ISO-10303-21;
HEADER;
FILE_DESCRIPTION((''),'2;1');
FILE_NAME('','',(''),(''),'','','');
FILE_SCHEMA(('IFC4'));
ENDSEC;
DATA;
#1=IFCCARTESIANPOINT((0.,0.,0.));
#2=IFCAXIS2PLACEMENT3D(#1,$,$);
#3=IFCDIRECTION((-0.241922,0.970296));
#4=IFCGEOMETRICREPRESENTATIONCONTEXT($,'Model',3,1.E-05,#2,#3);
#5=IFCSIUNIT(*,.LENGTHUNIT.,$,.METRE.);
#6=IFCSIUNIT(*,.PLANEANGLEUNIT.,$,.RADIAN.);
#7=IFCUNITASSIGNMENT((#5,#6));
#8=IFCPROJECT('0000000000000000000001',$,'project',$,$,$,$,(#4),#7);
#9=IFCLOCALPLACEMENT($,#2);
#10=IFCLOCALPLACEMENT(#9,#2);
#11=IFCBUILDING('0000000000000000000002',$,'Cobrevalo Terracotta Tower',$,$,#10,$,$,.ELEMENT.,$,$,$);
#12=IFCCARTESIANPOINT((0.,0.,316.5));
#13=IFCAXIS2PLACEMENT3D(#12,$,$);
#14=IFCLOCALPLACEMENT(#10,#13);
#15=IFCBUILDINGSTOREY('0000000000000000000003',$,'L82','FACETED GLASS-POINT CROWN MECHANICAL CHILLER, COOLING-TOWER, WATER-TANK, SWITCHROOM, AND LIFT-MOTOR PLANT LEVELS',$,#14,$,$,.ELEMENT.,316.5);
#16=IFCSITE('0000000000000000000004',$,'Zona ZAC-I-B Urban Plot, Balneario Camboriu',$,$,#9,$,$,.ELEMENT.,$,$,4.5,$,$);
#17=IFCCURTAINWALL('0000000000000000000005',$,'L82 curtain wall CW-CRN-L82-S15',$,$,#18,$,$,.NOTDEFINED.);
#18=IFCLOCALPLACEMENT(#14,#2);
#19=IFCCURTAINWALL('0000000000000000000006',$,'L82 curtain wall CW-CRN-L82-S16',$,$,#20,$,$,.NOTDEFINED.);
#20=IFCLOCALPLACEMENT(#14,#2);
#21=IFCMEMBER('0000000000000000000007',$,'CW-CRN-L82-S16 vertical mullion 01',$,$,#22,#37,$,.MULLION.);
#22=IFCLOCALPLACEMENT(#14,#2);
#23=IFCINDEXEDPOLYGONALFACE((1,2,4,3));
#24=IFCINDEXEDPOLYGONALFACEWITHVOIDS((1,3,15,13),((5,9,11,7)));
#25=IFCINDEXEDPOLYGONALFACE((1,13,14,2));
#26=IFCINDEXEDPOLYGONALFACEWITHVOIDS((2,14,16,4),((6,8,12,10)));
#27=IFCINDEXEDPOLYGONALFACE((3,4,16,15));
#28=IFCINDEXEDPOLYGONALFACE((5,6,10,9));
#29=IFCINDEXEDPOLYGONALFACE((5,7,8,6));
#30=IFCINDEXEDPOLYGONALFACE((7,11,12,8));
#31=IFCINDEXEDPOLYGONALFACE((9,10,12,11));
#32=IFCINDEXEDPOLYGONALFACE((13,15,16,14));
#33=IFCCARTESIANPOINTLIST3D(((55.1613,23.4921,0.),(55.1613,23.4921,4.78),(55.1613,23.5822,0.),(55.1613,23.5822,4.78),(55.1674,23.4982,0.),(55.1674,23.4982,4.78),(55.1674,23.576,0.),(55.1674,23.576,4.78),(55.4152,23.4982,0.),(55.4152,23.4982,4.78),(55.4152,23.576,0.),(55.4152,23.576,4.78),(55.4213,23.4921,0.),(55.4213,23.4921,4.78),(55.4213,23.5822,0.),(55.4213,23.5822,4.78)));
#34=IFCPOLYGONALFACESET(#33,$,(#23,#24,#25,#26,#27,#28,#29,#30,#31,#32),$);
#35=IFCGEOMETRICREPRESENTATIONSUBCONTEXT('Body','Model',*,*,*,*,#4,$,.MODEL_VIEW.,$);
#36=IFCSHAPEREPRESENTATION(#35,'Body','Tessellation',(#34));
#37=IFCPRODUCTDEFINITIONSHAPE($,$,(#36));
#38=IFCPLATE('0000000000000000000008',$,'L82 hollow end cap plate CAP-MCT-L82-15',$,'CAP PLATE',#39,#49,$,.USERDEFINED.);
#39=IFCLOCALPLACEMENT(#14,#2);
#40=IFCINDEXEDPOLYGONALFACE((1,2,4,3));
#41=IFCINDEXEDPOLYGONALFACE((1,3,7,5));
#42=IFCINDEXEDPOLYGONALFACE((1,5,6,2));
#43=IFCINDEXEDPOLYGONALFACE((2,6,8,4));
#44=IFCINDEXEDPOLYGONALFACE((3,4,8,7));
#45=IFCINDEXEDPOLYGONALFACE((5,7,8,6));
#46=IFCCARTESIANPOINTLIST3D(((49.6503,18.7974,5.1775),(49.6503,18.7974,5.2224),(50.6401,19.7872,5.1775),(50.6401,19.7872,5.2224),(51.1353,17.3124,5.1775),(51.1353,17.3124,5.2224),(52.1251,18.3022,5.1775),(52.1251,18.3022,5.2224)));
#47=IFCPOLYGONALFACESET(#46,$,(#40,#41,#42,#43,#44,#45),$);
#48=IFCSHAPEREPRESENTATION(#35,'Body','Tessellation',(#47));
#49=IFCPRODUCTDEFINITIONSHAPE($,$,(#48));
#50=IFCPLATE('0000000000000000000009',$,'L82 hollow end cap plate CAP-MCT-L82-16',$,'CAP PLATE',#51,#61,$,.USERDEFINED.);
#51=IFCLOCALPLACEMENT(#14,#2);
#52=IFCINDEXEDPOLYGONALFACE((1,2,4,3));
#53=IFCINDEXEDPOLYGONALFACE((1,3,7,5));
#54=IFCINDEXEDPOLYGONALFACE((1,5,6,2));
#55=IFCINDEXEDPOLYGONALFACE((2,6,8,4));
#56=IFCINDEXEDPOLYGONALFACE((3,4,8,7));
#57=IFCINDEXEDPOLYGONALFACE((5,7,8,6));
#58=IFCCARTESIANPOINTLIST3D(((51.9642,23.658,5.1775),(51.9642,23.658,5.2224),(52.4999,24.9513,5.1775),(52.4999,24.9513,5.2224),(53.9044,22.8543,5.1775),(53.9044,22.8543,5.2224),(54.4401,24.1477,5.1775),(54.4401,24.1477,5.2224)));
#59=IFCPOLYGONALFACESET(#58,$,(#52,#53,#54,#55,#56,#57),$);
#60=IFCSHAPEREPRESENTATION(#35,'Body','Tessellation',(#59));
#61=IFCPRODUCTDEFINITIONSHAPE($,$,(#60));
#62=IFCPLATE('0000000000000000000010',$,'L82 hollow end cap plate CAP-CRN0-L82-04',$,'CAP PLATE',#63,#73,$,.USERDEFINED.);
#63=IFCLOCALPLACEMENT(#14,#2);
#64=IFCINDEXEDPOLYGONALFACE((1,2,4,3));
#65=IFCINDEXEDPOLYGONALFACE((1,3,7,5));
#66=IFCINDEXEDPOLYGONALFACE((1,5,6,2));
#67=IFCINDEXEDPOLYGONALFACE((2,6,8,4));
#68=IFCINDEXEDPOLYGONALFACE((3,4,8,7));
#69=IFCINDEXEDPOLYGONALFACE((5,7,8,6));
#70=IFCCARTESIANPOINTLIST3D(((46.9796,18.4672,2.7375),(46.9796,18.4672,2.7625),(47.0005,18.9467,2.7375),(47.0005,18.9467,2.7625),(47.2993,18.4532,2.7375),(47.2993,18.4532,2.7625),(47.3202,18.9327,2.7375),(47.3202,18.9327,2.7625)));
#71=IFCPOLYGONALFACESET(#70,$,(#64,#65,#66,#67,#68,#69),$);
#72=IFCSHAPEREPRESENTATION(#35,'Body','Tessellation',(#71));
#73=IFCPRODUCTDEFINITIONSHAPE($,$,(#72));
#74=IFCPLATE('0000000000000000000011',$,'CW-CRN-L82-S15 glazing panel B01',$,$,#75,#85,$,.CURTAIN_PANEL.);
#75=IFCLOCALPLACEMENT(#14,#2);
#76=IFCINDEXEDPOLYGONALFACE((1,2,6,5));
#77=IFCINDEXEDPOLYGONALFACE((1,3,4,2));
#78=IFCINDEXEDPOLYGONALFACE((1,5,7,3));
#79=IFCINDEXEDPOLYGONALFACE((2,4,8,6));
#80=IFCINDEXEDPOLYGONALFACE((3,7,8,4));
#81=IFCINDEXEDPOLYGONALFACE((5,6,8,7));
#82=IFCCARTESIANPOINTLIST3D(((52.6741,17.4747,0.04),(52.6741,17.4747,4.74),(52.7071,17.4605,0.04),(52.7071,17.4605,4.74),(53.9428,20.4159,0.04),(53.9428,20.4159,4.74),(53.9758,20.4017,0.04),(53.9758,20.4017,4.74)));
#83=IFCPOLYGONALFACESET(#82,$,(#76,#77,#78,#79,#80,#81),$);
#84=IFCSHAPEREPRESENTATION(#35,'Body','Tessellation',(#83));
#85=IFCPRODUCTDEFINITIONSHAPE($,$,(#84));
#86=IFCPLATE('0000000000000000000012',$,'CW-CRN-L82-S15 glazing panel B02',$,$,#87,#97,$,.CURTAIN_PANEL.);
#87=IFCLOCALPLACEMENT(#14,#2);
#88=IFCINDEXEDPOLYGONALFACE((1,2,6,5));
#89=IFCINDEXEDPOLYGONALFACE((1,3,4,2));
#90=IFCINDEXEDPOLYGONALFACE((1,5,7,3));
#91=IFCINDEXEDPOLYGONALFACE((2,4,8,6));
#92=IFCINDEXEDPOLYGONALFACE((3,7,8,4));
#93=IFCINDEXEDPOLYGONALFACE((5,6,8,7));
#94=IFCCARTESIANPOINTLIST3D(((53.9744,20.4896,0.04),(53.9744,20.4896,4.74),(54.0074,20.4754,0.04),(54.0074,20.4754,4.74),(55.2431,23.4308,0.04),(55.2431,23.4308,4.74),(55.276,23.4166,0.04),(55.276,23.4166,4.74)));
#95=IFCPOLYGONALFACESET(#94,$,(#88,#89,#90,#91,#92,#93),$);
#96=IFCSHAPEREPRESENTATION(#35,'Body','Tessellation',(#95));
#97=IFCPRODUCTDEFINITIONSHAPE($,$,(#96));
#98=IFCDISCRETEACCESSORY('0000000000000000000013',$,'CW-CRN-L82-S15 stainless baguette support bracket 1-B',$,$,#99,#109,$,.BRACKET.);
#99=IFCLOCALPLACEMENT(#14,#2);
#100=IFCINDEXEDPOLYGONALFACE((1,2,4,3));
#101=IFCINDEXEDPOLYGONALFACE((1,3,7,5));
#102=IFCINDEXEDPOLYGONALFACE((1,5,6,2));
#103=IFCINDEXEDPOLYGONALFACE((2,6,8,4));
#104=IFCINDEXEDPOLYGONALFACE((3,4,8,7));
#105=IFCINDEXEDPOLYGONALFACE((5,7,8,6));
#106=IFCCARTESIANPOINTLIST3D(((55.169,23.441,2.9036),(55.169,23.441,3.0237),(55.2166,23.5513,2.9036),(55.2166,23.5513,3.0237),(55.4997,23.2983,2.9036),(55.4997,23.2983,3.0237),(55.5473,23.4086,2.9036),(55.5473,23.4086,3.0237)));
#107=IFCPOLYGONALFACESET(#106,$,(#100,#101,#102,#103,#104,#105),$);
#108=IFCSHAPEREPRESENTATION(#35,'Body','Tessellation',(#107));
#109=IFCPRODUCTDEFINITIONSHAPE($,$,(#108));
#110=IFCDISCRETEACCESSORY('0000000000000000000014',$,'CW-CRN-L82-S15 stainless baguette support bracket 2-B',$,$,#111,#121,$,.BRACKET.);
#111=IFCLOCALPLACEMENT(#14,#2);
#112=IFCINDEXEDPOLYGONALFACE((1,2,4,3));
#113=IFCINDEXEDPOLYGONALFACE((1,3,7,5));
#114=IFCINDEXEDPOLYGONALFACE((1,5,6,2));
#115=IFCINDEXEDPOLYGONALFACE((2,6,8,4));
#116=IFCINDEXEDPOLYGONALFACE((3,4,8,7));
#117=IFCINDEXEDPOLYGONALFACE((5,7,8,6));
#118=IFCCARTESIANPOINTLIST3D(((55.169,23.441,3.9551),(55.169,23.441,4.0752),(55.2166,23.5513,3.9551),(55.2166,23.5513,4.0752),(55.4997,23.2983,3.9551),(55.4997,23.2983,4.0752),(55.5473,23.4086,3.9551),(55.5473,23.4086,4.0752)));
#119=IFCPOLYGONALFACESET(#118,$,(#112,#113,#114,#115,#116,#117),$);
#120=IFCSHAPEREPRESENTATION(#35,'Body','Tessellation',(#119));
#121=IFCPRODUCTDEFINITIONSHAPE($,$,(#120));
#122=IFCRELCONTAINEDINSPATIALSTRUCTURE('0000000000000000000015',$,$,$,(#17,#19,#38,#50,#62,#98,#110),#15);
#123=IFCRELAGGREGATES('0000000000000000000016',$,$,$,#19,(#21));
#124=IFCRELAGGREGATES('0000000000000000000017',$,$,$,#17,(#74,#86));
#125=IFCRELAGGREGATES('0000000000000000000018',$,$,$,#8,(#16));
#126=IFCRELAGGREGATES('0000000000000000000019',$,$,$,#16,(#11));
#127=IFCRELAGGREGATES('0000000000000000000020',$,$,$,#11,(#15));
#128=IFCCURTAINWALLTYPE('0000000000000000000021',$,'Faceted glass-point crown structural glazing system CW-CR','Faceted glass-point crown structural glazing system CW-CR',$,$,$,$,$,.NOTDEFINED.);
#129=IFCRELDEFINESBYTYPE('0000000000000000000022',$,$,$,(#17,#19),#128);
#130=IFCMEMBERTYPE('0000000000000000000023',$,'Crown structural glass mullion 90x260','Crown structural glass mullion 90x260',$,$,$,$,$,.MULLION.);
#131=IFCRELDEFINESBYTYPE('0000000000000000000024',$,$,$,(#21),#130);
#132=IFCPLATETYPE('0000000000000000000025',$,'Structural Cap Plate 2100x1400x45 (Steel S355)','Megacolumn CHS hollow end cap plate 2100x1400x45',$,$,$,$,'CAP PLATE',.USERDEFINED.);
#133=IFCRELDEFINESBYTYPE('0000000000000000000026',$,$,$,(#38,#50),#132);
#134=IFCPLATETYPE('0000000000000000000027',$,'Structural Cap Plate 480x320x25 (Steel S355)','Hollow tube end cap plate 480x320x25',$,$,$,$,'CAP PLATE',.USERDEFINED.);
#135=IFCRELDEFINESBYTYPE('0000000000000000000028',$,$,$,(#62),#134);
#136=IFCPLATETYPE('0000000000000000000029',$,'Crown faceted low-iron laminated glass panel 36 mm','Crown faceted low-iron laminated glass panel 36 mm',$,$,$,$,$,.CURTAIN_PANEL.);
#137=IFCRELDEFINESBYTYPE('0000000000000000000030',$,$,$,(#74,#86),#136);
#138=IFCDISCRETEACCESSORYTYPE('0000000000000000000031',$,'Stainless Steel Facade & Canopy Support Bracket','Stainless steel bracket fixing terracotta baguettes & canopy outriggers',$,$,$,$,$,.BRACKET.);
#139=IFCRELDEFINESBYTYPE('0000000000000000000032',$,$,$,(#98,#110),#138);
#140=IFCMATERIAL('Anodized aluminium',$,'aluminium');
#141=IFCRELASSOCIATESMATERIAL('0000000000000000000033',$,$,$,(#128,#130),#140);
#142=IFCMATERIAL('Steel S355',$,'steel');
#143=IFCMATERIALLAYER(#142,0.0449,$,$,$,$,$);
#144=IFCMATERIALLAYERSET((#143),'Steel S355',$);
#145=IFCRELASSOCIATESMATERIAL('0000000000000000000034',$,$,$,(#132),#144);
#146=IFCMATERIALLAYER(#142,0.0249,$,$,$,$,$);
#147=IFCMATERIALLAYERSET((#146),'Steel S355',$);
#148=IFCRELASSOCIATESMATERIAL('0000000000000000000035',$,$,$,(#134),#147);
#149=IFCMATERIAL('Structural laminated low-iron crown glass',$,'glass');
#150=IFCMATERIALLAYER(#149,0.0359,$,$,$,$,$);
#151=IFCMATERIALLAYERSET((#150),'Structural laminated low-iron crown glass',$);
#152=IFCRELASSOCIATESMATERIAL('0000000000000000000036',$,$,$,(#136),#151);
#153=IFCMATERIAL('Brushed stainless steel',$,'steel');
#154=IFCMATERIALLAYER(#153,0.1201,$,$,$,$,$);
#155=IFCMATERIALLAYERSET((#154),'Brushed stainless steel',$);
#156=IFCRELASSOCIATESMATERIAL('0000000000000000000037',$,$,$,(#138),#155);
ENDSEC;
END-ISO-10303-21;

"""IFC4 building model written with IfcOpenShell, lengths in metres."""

from ifc_helpers import new_model, si_unit, direction, frame, origin, origin_2d, place, context, subcontext, project, spatial, rectangle, hollow_rectangle, extrude, source, transform, mapped, material, layer, layer_set, material_profile, profile_set, type_object, element, aggregate, save


model = new_model("IFC4")

# Units and contexts
model_context = context("Model", 3, precision=1e-05, world=origin(), true_north=direction((-0.241922, 0.970296)))
body_context = subcontext(model_context, "Body", "Model", "MODEL_VIEW")
ifc_project = project(units=[si_unit("LENGTHUNIT", "METRE"), si_unit("PLANEANGLEUNIT", "RADIAN")], contexts=[model_context])

# Site, building, storey
site_placement = place(None, origin())
site = spatial("IfcSite", under=ifc_project, at=site_placement, Name="Zona ZAC-I-B Urban Plot, Balneario Camboriu", CompositionType="ELEMENT", RefElevation=4.5)
building_placement = place(site_placement, origin())
building = spatial("IfcBuilding", under=site, at=building_placement, Name="Cobrevalo Terracotta Tower", CompositionType="ELEMENT")
storey_placement = place(building_placement, frame((0.0, 0.0, 316.5)))
storey = spatial("IfcBuildingStorey", under=building, at=storey_placement, Name="L82", Description="FACETED GLASS-POINT CROWN MECHANICAL CHILLER, COOLING-TOWER, WATER-TANK, SWITCHROOM, AND LIFT-MOTOR PLANT LEVELS", CompositionType="ELEMENT", Elevation=316.5)

# Shared definitions
ifc_material_1 = material(Name="Steel S355", Category="steel")

# Curtain walls
ifc_material_2 = material(Name="Anodized aluminium", Category="aluminium")
curtain_wall_type = type_object("IfcCurtainWallType", Name="Faceted glass-point crown structural glazing system CW-CR", Description="Faceted glass-point crown structural glazing system CW-CR", PredefinedType="NOTDEFINED", material=ifc_material_2)
curtain_wall_1_placement = place(storey_placement, origin())
curtain_wall_1 = element("IfcCurtainWall", 1, at=curtain_wall_1_placement, inside=storey, type_object=curtain_wall_type, Name="L82 curtain wall CW-CRN-L82-S15", PredefinedType="NOTDEFINED")
curtain_wall_2_placement = place(storey_placement, origin())
curtain_wall_2 = element("IfcCurtainWall", 2, at=curtain_wall_2_placement, inside=storey, type_object=curtain_wall_type, Name="L82 curtain wall CW-CRN-L82-S16", PredefinedType="NOTDEFINED")

# Member
ifc_material_profile_1 = material_profile(ifc_material_2, hollow_rectangle(XDim=0.0901, YDim=0.26, WallThickness=0.0061, at=origin_2d()), Name="CWM 90x260")
ifc_profile_set_1 = profile_set([ifc_material_profile_1], Name="Anodized aluminium")
member_type_1 = type_object("IfcMemberType", Name="Crown structural glass mullion 90x260", Description="Crown structural glass mullion 90x260", PredefinedType="MULLION", material=ifc_profile_set_1)
shared_shape_1 = source(origin(), body_context, "Body", "SweptSolid", [
    extrude(hollow_rectangle(XDim=0.0901, YDim=0.26, WallThickness=0.0061, at=origin_2d()), origin(), (0.0, 0.0, 1.0), 4.78),
])
member_1_placement = place(storey_placement, frame((55.2913, 23.5371, 0.0), z_axis=(0.0, 0.0, 1.0), x_axis=(0.0, 1.0, 0.0)))
member_1 = element("IfcMember", 3, at=member_1_placement, type_object=member_type_1, Name="CW-CRN-L82-S16 vertical mullion 01", PredefinedType="MULLION", context=body_context, shape_type="MappedRepresentation", body=[
    mapped(shared_shape_1, transform((0.0, 0.0, 0.0), scale=1.0)),
])
aggregate(curtain_wall_2, [member_1])

# Plates
ifc_layer_1 = layer(ifc_material_1, 0.0449)
ifc_layer_set_1 = layer_set([ifc_layer_1], Name="Steel S355")
plate_type_1 = type_object("IfcPlateType", Name="Structural Cap Plate 2100x1400x45 (Steel S355)", Description="Megacolumn CHS hollow end cap plate 2100x1400x45", ElementType="CAP PLATE", PredefinedType="USERDEFINED", material=ifc_layer_set_1)
shared_shape_2 = source(origin(), body_context, "Body", "SweptSolid", [
    extrude(rectangle(XDim=2.1001, YDim=1.3999, at=origin_2d()), origin(), (0.0, 0.0, 1.0), 0.0449),
])
for number, where, z_axis, x_axis, name in (
    (4, (50.8877, 18.5498, 5.1775), (0.0, 0.0, 1.0), (0.707107, -0.707107, 0.0), "L82 hollow end cap plate CAP-MCT-L82-15"),
    (5, (53.2021, 23.9028, 5.1775), (0.0, 0.0, 1.0), (0.92388, -0.382683, 0.0), "L82 hollow end cap plate CAP-MCT-L82-16"),
):
    element("IfcPlate", number, at=place(storey_placement, frame(where, z_axis=z_axis, x_axis=x_axis)), inside=storey, type_object=plate_type_1, Name=name, ObjectType="CAP PLATE", PredefinedType="USERDEFINED", context=body_context, shape_type="MappedRepresentation", body=[
        mapped(shared_shape_2, transform((0.0, 0.0, 0.0), scale=1.0)),
    ])
ifc_layer_2 = layer(ifc_material_1, 0.0249)
ifc_layer_set_2 = layer_set([ifc_layer_2], Name="Steel S355")
plate_type_2 = type_object("IfcPlateType", Name="Structural Cap Plate 480x320x25 (Steel S355)", Description="Hollow tube end cap plate 480x320x25", ElementType="CAP PLATE", PredefinedType="USERDEFINED", material=ifc_layer_set_2)
shared_shape_3 = source(origin(), body_context, "Body", "SweptSolid", [
    extrude(rectangle(XDim=0.48, YDim=0.3201, at=origin_2d()), origin(), (0.0, 0.0, 1.0), 0.0249),
])
plate_1_placement = place(storey_placement, frame((47.1499, 18.7, 2.7375), z_axis=(0.0, 0.0, 1.0), x_axis=(-0.0436, -0.999049, 0.0)))
element("IfcPlate", 6, at=plate_1_placement, inside=storey, type_object=plate_type_2, Name="L82 hollow end cap plate CAP-CRN0-L82-04", ObjectType="CAP PLATE", PredefinedType="USERDEFINED", context=body_context, shape_type="MappedRepresentation", body=[
    mapped(shared_shape_3, transform((0.0, 0.0, 0.0), scale=1.0)),
])

# Plates
ifc_material_3 = material(Name="Structural laminated low-iron crown glass", Category="glass")
ifc_layer_3 = layer(ifc_material_3, 0.0359)
ifc_layer_set_3 = layer_set([ifc_layer_3], Name="Structural laminated low-iron crown glass")
plate_type_3 = type_object("IfcPlateType", Name="Crown faceted low-iron laminated glass panel 36 mm", Description="Crown faceted low-iron laminated glass panel 36 mm", PredefinedType="CURTAIN_PANEL", material=ifc_layer_set_3)
shared_shape_4 = source(origin(), body_context, "Body", "SweptSolid", [
    extrude(rectangle(XDim=3.2031, YDim=0.0359, at=origin_2d()), origin(), (0.0, 0.0, 1.0), 4.7),
])
plate_2_placement = place(storey_placement, frame((53.325, 18.9382, 0.04), z_axis=(0.0, 0.0, 1.0), x_axis=(0.396066, 0.918222, 0.0)))
plate_2 = element("IfcPlate", 7, at=plate_2_placement, type_object=plate_type_3, Name="CW-CRN-L82-S15 glazing panel B01", PredefinedType="CURTAIN_PANEL", context=body_context, shape_type="MappedRepresentation", body=[
    mapped(shared_shape_4, transform((0.0, 0.0, 0.0), scale=1.0)),
])
plate_3_placement = place(storey_placement, frame((54.6252, 21.9531, 0.04), z_axis=(0.0, 0.0, 1.0), x_axis=(0.396066, 0.918222, 0.0)))
plate_3 = element("IfcPlate", 8, at=plate_3_placement, type_object=plate_type_3, Name="CW-CRN-L82-S15 glazing panel B02", PredefinedType="CURTAIN_PANEL", context=body_context, shape_type="MappedRepresentation", body=[
    mapped(shared_shape_4, transform((0.0, 0.0, 0.0), scale=1.0)),
])
aggregate(curtain_wall_1, [plate_2, plate_3])

# Discrete accessories
ifc_material_4 = material(Name="Brushed stainless steel", Category="steel")
ifc_layer_4 = layer(ifc_material_4, 0.1201)
ifc_layer_set_4 = layer_set([ifc_layer_4], Name="Brushed stainless steel")
discrete_accessory_type = type_object("IfcDiscreteAccessoryType", Name="Stainless Steel Facade & Canopy Support Bracket", Description="Stainless steel bracket fixing terracotta baguettes & canopy outriggers", PredefinedType="BRACKET", material=ifc_layer_set_4)
shared_shape_5 = source(origin(), body_context, "Body", "SweptSolid", [
    extrude(rectangle(XDim=0.1201, YDim=0.3601, at=origin_2d()), origin(), (0.0, 0.0, 1.0), 0.1201),
])
for number, where, z_axis, x_axis, name in (
    (9, (55.3582, 23.4248, 2.9036), (0.0, 0.0, 1.0), (0.396066, 0.918222, 0.0), "CW-CRN-L82-S15 stainless baguette support bracket 1-B"),
    (10, (55.3582, 23.4248, 3.9551), (0.0, 0.0, 1.0), (0.396066, 0.918222, 0.0), "CW-CRN-L82-S15 stainless baguette support bracket 2-B"),
):
    element("IfcDiscreteAccessory", number, at=place(storey_placement, frame(where, z_axis=z_axis, x_axis=x_axis)), inside=storey, type_object=discrete_accessory_type, Name=name, PredefinedType="BRACKET", context=body_context, shape_type="MappedRepresentation", body=[
        mapped(shared_shape_5, transform((0.0, 0.0, 0.0), scale=1.0)),
    ])

save(model, "model.ifc")
